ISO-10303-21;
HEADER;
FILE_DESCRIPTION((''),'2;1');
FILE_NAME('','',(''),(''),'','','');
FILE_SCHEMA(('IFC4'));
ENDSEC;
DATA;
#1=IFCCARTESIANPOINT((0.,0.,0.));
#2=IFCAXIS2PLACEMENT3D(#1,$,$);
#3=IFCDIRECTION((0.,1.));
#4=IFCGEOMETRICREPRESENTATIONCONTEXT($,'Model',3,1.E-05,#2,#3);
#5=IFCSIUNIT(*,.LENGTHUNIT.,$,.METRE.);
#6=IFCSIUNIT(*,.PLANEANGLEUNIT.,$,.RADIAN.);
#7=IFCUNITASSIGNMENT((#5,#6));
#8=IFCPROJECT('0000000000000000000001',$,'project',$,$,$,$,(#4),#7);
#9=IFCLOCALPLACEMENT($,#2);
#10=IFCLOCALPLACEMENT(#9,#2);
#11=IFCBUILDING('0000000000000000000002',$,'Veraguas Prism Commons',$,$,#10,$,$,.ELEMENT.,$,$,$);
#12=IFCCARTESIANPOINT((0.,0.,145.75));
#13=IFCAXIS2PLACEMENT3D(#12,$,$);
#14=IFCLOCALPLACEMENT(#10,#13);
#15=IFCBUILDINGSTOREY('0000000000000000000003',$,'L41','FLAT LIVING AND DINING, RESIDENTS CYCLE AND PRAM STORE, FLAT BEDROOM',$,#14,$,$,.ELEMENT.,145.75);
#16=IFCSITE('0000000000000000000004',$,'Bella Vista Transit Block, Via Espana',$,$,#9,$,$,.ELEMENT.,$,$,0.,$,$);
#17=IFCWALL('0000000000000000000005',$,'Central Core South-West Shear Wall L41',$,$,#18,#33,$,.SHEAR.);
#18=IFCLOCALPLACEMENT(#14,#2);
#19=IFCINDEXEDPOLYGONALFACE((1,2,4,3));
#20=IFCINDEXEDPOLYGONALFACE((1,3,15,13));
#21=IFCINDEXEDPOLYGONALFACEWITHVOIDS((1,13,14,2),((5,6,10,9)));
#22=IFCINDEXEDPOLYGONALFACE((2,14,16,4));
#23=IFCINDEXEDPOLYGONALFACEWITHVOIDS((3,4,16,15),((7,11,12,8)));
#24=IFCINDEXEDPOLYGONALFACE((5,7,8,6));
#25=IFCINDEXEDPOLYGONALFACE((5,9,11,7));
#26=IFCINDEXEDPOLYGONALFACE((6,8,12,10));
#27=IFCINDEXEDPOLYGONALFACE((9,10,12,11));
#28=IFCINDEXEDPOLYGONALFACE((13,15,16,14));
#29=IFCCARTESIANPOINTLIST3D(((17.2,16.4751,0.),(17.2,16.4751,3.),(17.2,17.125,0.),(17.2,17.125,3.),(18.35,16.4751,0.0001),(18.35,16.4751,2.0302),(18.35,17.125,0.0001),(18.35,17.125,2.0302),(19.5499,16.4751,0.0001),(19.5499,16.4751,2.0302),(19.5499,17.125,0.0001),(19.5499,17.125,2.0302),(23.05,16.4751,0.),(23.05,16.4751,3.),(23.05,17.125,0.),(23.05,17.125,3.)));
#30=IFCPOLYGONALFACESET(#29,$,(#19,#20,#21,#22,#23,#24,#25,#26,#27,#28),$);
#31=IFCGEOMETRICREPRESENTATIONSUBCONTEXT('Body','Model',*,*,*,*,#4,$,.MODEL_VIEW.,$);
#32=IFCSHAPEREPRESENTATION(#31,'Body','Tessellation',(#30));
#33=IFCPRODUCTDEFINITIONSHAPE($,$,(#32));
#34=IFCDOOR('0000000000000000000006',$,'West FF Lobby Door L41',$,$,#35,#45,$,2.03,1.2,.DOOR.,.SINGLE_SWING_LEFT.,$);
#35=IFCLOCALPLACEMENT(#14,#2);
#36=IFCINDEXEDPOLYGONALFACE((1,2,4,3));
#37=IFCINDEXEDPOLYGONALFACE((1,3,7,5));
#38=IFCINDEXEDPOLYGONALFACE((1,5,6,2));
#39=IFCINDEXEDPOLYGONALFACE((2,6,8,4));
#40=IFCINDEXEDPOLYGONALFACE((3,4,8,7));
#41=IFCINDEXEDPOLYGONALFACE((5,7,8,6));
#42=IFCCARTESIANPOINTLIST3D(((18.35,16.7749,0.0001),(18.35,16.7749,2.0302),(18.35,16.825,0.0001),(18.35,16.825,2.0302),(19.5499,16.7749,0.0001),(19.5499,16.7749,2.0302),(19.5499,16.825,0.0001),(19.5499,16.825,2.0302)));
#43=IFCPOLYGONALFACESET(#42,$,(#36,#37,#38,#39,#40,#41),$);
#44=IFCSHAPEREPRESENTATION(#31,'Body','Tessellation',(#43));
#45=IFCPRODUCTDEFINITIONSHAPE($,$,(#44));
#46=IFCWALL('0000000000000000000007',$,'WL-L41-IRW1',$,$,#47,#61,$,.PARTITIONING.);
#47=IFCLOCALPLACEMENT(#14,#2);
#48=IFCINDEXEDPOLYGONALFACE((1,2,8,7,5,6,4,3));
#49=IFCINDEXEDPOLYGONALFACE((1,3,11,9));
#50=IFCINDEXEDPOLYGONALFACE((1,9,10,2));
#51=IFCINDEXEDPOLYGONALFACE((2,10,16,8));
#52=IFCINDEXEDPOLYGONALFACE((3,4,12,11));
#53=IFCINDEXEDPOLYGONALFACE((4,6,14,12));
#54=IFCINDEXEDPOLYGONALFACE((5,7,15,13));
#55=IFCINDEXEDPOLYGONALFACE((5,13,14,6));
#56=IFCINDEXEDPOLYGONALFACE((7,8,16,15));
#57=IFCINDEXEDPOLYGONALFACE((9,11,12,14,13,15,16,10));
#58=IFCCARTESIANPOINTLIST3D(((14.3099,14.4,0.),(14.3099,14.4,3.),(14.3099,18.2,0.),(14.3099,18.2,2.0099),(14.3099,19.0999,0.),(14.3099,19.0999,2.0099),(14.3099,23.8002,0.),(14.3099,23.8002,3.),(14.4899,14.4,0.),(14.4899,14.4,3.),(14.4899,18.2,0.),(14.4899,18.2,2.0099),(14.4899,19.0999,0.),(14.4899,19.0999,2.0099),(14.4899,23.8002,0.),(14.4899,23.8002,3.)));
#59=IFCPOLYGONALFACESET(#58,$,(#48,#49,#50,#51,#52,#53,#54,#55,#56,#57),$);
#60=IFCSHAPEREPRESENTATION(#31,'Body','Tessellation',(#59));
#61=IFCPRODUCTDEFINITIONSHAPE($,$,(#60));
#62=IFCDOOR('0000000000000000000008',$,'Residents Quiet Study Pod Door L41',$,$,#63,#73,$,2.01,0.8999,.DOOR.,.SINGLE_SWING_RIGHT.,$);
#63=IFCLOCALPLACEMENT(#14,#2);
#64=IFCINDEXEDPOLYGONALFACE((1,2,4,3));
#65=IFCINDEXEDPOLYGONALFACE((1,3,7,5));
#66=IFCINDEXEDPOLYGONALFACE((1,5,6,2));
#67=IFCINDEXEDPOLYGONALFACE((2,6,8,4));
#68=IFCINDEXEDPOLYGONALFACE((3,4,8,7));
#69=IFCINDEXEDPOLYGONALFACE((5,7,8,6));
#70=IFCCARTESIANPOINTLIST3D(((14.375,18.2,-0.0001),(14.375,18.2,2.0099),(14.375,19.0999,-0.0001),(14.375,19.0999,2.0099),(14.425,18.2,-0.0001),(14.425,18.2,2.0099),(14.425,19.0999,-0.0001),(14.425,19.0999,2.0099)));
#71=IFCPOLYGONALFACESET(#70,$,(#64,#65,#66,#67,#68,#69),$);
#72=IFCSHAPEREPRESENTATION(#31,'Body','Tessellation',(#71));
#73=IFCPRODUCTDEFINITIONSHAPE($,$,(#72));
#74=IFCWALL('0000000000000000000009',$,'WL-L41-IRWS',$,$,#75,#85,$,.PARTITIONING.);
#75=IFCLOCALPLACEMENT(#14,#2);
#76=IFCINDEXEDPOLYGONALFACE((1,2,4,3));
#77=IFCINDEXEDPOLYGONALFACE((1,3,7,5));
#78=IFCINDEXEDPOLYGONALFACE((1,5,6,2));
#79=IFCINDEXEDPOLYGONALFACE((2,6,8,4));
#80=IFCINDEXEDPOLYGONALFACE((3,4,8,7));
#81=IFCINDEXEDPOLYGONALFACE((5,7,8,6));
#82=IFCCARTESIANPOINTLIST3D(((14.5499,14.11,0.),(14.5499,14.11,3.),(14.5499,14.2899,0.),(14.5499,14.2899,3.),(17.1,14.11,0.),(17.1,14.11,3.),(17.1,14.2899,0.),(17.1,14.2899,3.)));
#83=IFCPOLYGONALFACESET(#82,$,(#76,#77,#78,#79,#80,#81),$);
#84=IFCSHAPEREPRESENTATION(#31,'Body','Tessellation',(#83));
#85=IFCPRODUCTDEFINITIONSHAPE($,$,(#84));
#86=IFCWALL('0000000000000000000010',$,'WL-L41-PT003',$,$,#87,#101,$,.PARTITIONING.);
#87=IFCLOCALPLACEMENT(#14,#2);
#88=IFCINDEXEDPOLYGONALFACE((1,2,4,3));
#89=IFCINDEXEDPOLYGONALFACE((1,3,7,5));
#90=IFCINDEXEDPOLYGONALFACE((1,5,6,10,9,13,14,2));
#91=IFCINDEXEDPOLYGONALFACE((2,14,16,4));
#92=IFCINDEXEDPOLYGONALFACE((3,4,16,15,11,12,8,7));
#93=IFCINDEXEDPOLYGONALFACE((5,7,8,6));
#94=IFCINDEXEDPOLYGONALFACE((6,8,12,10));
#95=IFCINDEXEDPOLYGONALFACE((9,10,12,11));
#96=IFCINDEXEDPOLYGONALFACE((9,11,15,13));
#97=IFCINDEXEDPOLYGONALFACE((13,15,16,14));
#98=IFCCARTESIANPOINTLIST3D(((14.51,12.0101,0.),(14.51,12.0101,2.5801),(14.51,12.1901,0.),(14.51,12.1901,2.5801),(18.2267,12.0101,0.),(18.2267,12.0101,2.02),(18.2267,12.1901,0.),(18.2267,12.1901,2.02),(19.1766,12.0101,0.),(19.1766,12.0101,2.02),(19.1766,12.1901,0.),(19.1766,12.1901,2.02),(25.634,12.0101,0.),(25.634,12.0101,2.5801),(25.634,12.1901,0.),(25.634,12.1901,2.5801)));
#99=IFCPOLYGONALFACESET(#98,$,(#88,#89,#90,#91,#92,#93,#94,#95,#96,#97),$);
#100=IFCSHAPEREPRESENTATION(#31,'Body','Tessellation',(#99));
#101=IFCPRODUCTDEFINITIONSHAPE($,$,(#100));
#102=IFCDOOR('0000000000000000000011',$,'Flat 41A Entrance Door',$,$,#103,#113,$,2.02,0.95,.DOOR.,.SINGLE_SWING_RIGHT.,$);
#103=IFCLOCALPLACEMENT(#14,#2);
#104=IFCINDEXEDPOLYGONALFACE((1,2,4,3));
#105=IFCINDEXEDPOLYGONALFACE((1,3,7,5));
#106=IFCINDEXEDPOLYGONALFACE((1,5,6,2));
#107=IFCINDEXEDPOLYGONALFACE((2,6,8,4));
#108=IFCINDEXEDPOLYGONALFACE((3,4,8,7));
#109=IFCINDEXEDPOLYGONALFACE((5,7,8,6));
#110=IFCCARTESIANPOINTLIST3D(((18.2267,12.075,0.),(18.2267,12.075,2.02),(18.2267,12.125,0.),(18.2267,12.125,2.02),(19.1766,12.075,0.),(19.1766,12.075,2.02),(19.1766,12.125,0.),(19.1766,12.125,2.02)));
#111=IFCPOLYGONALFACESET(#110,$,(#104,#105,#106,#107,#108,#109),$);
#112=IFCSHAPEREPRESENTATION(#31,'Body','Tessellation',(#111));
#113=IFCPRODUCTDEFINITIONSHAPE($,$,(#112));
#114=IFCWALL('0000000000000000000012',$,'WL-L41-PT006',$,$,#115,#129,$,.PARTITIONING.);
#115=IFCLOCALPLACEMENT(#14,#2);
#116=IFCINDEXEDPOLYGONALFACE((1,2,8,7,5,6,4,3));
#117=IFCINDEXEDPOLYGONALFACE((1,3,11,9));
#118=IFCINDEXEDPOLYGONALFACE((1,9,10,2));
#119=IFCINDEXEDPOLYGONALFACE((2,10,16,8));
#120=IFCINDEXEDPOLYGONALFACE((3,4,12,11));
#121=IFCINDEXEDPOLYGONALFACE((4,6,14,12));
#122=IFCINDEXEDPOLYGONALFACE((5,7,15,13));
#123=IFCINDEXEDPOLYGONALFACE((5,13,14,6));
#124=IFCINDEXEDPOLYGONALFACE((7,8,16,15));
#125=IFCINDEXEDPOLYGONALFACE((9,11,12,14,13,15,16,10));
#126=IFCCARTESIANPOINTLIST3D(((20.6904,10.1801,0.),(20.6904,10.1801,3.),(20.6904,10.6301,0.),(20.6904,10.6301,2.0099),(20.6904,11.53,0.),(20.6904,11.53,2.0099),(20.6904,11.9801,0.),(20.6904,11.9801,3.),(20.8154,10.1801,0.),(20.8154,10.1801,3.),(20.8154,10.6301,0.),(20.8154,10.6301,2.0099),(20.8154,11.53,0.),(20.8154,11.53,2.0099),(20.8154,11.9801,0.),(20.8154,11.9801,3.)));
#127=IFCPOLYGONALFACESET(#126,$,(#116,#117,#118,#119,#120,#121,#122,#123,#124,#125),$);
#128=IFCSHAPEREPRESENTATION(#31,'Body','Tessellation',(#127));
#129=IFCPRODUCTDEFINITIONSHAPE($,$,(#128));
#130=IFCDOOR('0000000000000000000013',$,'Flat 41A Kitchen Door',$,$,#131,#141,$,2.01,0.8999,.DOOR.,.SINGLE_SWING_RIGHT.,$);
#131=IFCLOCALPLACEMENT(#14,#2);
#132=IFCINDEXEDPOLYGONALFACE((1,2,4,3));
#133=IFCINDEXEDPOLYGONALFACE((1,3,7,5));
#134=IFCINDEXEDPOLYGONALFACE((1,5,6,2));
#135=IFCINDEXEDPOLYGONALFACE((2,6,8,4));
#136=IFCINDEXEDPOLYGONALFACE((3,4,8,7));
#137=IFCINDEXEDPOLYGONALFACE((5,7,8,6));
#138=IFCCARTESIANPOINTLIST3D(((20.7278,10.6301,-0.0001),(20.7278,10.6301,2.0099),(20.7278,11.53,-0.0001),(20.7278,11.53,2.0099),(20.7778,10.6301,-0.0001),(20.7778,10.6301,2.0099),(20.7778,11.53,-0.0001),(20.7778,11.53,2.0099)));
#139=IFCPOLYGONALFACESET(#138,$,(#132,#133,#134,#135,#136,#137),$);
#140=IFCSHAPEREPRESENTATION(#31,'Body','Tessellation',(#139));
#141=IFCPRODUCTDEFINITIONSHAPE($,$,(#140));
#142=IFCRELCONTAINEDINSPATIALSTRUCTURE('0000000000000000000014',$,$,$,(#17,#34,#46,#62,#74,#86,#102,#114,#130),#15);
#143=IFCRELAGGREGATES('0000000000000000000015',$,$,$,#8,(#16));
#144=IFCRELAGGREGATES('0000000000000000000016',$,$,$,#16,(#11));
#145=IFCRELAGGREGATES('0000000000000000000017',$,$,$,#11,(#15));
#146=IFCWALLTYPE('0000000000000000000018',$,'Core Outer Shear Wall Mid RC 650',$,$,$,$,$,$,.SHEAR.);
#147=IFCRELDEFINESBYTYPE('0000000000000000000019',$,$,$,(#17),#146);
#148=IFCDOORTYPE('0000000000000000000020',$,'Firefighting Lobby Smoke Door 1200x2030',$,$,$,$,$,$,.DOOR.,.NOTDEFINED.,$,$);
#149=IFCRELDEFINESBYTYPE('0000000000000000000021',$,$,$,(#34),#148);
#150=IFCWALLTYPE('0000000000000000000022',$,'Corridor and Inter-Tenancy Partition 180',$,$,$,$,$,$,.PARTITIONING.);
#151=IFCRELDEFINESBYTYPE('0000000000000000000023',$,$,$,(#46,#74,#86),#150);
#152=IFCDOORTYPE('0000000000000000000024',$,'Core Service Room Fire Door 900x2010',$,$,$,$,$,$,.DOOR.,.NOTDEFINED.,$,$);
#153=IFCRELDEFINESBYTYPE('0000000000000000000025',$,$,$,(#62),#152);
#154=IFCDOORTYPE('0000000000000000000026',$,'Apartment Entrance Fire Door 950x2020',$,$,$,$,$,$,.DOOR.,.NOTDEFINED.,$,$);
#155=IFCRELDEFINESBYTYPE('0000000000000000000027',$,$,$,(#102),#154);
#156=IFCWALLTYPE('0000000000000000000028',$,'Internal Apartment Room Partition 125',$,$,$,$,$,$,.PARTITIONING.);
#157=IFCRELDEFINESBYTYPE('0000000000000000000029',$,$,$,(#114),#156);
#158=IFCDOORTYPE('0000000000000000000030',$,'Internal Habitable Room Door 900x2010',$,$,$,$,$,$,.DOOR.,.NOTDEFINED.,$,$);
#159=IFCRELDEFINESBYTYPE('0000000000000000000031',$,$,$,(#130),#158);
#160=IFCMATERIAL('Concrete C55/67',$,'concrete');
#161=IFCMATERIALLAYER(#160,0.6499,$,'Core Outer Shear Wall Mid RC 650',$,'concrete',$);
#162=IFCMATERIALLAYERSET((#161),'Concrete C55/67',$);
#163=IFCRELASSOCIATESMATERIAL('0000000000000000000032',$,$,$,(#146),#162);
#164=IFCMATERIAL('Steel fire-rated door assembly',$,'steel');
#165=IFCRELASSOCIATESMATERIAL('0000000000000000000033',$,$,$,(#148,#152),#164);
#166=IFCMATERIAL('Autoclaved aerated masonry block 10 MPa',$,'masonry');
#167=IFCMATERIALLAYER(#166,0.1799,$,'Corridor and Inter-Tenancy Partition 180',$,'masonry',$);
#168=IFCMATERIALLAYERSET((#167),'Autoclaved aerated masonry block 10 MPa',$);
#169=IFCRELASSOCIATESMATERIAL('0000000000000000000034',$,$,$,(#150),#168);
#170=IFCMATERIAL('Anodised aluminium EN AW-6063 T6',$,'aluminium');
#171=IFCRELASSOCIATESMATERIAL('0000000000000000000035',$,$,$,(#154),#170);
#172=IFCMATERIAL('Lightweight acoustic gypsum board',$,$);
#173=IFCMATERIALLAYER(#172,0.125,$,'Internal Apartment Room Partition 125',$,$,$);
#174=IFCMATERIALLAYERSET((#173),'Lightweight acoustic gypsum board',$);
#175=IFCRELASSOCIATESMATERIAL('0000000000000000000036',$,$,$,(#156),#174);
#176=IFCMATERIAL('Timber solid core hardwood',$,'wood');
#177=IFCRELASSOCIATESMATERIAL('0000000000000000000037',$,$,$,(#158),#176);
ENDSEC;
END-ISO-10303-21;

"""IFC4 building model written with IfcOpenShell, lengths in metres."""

from ifc_helpers import new_model, si_unit, direction, frame, frame_2d, origin, place, context, subcontext, project, spatial, rectangle, extrude, source, transform, mapped, material, layer, layer_set, type_object, element, fill, save


model = new_model("IFC4")

# Units and contexts
model_context = context("Model", 3, precision=1e-05, world=origin(), true_north=direction((0.0, 1.0)))
body_context = subcontext(model_context, "Body", "Model", "MODEL_VIEW")
ifc_project = project(units=[si_unit("LENGTHUNIT", "METRE"), si_unit("PLANEANGLEUNIT", "RADIAN")], contexts=[model_context])

# Site, building, storey
site_placement = place(None, origin())
site = spatial("IfcSite", under=ifc_project, at=site_placement, Name="Bella Vista Transit Block, Via Espana", CompositionType="ELEMENT", RefElevation=0.0)
building_placement = place(site_placement, origin())
building = spatial("IfcBuilding", under=site, at=building_placement, Name="Veraguas Prism Commons", CompositionType="ELEMENT")
storey_placement = place(building_placement, frame((0.0, 0.0, 145.75)))
storey = spatial("IfcBuildingStorey", under=building, at=storey_placement, Name="L41", Description="FLAT LIVING AND DINING, RESIDENTS CYCLE AND PRAM STORE, FLAT BEDROOM", CompositionType="ELEMENT", Elevation=145.75)

# Shared definitions
ifc_material_1 = material(Name="Steel fire-rated door assembly", Category="steel")

# Shared definitions
ifc_material_2 = material(Name="Concrete C55/67", Category="concrete")
ifc_layer_1 = layer(ifc_material_2, 0.6499, Name="Core Outer Shear Wall Mid RC 650", Category="concrete")
ifc_layer_set_1 = layer_set([ifc_layer_1], Name="Concrete C55/67")
wall_type_1 = type_object("IfcWallType", Name="Core Outer Shear Wall Mid RC 650", PredefinedType="SHEAR", material=ifc_layer_set_1)

# Walls, openings, doors
wall_1_placement = place(storey_placement, frame((17.2, 16.8, 0.0), z_axis=(0.0, 0.0, 1.0), x_axis=(1.0, 0.0, 0.0)))
wall_1 = element("IfcWall", 1, at=wall_1_placement, inside=storey, type_object=wall_type_1, Name="Central Core South-West Shear Wall L41", PredefinedType="SHEAR", context=body_context, shape_type="SweptSolid", body=[
    extrude(rectangle(XDim=5.8501, YDim=0.6499, at=frame_2d((2.925, 0.0))), origin(), (0.0, 0.0, 1.0), 3.0),
])
opening_1_placement = place(wall_1_placement, frame((1.1499, 0.0, 0.0)))
opening_1 = element("IfcOpeningElement", 2, at=opening_1_placement, cuts=wall_1, PredefinedType="OPENING", context=body_context, shape_type="SweptSolid", body=[
    extrude(rectangle(XDim=1.2, YDim=2.03, at=frame_2d((0.6001, 1.0151))), frame((0.0, 0.335, 0.0), z_axis=(0.0, -1.0, 0.0), x_axis=(1.0, 0.0, 0.0)), (0.0, 0.0, 1.0), 0.6699),
])
door_type_1 = type_object("IfcDoorType", Name="Firefighting Lobby Smoke Door 1200x2030", OperationType="NOTDEFINED", PredefinedType="DOOR", material=ifc_material_1)
shared_shape_1 = source(origin(), body_context, "Body", "SweptSolid", [
    extrude(rectangle(XDim=1.2, YDim=2.03, at=frame_2d((0.6001, 1.0151))), frame((0.0, 0.0249, 0.0), z_axis=(0.0, -1.0, 0.0), x_axis=(1.0, 0.0, 0.0)), (0.0, 0.0, 1.0), 0.05),
])
door_1_placement = place(opening_1_placement, origin())
door_1 = element("IfcDoor", 3, at=door_1_placement, inside=storey, type_object=door_type_1, Name="West FF Lobby Door L41", OperationType="SINGLE_SWING_LEFT", OverallHeight=2.03, OverallWidth=1.2, PredefinedType="DOOR", context=body_context, shape_type="MappedRepresentation", body=[
    mapped(shared_shape_1, transform((0.0, 0.0, 0.0), scale=1.0)),
])
fill(opening_1, door_1)
ifc_material_3 = material(Name="Autoclaved aerated masonry block 10 MPa", Category="masonry")
ifc_layer_2 = layer(ifc_material_3, 0.1799, Name="Corridor and Inter-Tenancy Partition 180", Category="masonry")
ifc_layer_set_2 = layer_set([ifc_layer_2], Name="Autoclaved aerated masonry block 10 MPa")
wall_type_2 = type_object("IfcWallType", Name="Corridor and Inter-Tenancy Partition 180", PredefinedType="PARTITIONING", material=ifc_layer_set_2)
wall_2_placement = place(storey_placement, frame((14.3999, 14.3999, 0.0), z_axis=(0.0, 0.0, 1.0), x_axis=(0.0, 1.0, 0.0)))
wall_2 = element("IfcWall", 4, at=wall_2_placement, inside=storey, type_object=wall_type_2, Name="WL-L41-IRW1", PredefinedType="PARTITIONING", context=body_context, shape_type="SweptSolid", body=[
    extrude(rectangle(XDim=9.4001, YDim=0.1799, at=frame_2d((4.7002, 0.0))), origin(), (0.0, 0.0, 1.0), 3.0),
])
opening_2_placement = place(wall_2_placement, frame((3.8, 0.0, 0.0)))
opening_2 = element("IfcOpeningElement", 5, at=opening_2_placement, cuts=wall_2, PredefinedType="OPENING", context=body_context, shape_type="SweptSolid", body=[
    extrude(rectangle(XDim=0.8999, YDim=2.01, at=frame_2d((0.45, 1.0049))), frame((0.0, 0.0999, 0.0), z_axis=(0.0, -1.0, 0.0), x_axis=(1.0, 0.0, 0.0)), (0.0, 0.0, 1.0), 0.2),
])
door_type_2 = type_object("IfcDoorType", Name="Core Service Room Fire Door 900x2010", OperationType="NOTDEFINED", PredefinedType="DOOR", material=ifc_material_1)
shared_shape_2 = source(origin(), body_context, "Body", "SweptSolid", [
    extrude(rectangle(XDim=0.8999, YDim=2.01, at=frame_2d((0.45, 1.0049))), frame((0.0, 0.0249, 0.0), z_axis=(0.0, -1.0, 0.0), x_axis=(1.0, 0.0, 0.0)), (0.0, 0.0, 1.0), 0.05),
])
door_2_placement = place(opening_2_placement, origin())
door_2 = element("IfcDoor", 6, at=door_2_placement, inside=storey, type_object=door_type_2, Name="Residents Quiet Study Pod Door L41", OperationType="SINGLE_SWING_RIGHT", OverallHeight=2.01, OverallWidth=0.8999, PredefinedType="DOOR", context=body_context, shape_type="MappedRepresentation", body=[
    mapped(shared_shape_2, transform((0.0, 0.0, 0.0), scale=1.0)),
])
fill(opening_2, door_2)

# Wall
wall_3_placement = place(storey_placement, frame((14.55, 14.2, 0.0), z_axis=(0.0, 0.0, 1.0), x_axis=(1.0, 0.0, 0.0)))
element("IfcWall", 7, at=wall_3_placement, inside=storey, type_object=wall_type_2, Name="WL-L41-IRWS", PredefinedType="PARTITIONING", context=body_context, shape_type="SweptSolid", body=[
    extrude(rectangle(XDim=2.55, YDim=0.1799, at=frame_2d((1.2749, 0.0))), origin(), (0.0, 0.0, 1.0), 3.0),
])

# Walls, openings, doors
wall_4_placement = place(storey_placement, frame((14.51, 12.1001, 0.0), z_axis=(0.0, 0.0, 1.0), x_axis=(1.0, 0.0, 0.0)))
wall_4 = element("IfcWall", 8, at=wall_4_placement, inside=storey, type_object=wall_type_2, Name="WL-L41-PT003", PredefinedType="PARTITIONING", context=body_context, shape_type="SweptSolid", body=[
    extrude(rectangle(XDim=11.124, YDim=0.1799, at=frame_2d((5.562, 0.0))), origin(), (0.0, 0.0, 1.0), 2.5801),
])
opening_3_placement = place(wall_4_placement, frame((3.7166, 0.0, 0.0)))
opening_3 = element("IfcOpeningElement", 9, at=opening_3_placement, cuts=wall_4, PredefinedType="OPENING", context=body_context, shape_type="SweptSolid", body=[
    extrude(rectangle(XDim=0.95, YDim=2.02, at=frame_2d((0.4751, 1.01))), frame((0.0, 0.0999, 0.0), z_axis=(0.0, -1.0, 0.0), x_axis=(1.0, 0.0, 0.0)), (0.0, 0.0, 1.0), 0.2),
])
ifc_material_4 = material(Name="Anodised aluminium EN AW-6063 T6", Category="aluminium")
door_type_3 = type_object("IfcDoorType", Name="Apartment Entrance Fire Door 950x2020", OperationType="NOTDEFINED", PredefinedType="DOOR", material=ifc_material_4)
shared_shape_3 = source(origin(), body_context, "Body", "SweptSolid", [
    extrude(rectangle(XDim=0.95, YDim=2.02, at=frame_2d((0.4751, 1.01))), frame((0.0, 0.0249, 0.0), z_axis=(0.0, -1.0, 0.0), x_axis=(1.0, 0.0, 0.0)), (0.0, 0.0, 1.0), 0.05),
])
door_3_placement = place(opening_3_placement, origin())
door_3 = element("IfcDoor", 10, at=door_3_placement, inside=storey, type_object=door_type_3, Name="Flat 41A Entrance Door", OperationType="SINGLE_SWING_RIGHT", OverallHeight=2.02, OverallWidth=0.95, PredefinedType="DOOR", context=body_context, shape_type="MappedRepresentation", body=[
    mapped(shared_shape_3, transform((0.0, 0.0, 0.0), scale=1.0)),
])
fill(opening_3, door_3)
ifc_material_5 = material(Name="Lightweight acoustic gypsum board")
ifc_layer_3 = layer(ifc_material_5, 0.125, Name="Internal Apartment Room Partition 125")
ifc_layer_set_3 = layer_set([ifc_layer_3], Name="Lightweight acoustic gypsum board")
wall_type_3 = type_object("IfcWallType", Name="Internal Apartment Room Partition 125", PredefinedType="PARTITIONING", material=ifc_layer_set_3)
wall_5_placement = place(storey_placement, frame((20.7529, 11.98, 0.0), z_axis=(0.0, 0.0, 1.0), x_axis=(0.0, -1.0, 0.0)))
wall_5 = element("IfcWall", 11, at=wall_5_placement, inside=storey, type_object=wall_type_3, Name="WL-L41-PT006", PredefinedType="PARTITIONING", context=body_context, shape_type="SweptSolid", body=[
    extrude(rectangle(XDim=1.8, YDim=0.125, at=frame_2d((0.8999, 0.0))), origin(), (0.0, 0.0, 1.0), 3.0),
])
opening_4_placement = place(wall_5_placement, frame((0.45, 0.0, 0.0)))
opening_4 = element("IfcOpeningElement", 12, at=opening_4_placement, cuts=wall_5, PredefinedType="OPENING", context=body_context, shape_type="SweptSolid", body=[
    extrude(rectangle(XDim=0.8999, YDim=2.01, at=frame_2d((0.45, 1.0049))), frame((0.0, 0.0725, 0.0), z_axis=(0.0, -1.0, 0.0), x_axis=(1.0, 0.0, 0.0)), (0.0, 0.0, 1.0), 0.145),
])
ifc_material_6 = material(Name="Timber solid core hardwood", Category="wood")
door_type_4 = type_object("IfcDoorType", Name="Internal Habitable Room Door 900x2010", OperationType="NOTDEFINED", PredefinedType="DOOR", material=ifc_material_6)
door_4_placement = place(opening_4_placement, origin())
door_4 = element("IfcDoor", 13, at=door_4_placement, inside=storey, type_object=door_type_4, Name="Flat 41A Kitchen Door", OperationType="SINGLE_SWING_RIGHT", OverallHeight=2.01, OverallWidth=0.8999, PredefinedType="DOOR", context=body_context, shape_type="MappedRepresentation", body=[
    mapped(shared_shape_2, transform((0.0, 0.0, 0.0), scale=1.0)),
])
fill(opening_4, door_4)

save(model, "model.ifc")
